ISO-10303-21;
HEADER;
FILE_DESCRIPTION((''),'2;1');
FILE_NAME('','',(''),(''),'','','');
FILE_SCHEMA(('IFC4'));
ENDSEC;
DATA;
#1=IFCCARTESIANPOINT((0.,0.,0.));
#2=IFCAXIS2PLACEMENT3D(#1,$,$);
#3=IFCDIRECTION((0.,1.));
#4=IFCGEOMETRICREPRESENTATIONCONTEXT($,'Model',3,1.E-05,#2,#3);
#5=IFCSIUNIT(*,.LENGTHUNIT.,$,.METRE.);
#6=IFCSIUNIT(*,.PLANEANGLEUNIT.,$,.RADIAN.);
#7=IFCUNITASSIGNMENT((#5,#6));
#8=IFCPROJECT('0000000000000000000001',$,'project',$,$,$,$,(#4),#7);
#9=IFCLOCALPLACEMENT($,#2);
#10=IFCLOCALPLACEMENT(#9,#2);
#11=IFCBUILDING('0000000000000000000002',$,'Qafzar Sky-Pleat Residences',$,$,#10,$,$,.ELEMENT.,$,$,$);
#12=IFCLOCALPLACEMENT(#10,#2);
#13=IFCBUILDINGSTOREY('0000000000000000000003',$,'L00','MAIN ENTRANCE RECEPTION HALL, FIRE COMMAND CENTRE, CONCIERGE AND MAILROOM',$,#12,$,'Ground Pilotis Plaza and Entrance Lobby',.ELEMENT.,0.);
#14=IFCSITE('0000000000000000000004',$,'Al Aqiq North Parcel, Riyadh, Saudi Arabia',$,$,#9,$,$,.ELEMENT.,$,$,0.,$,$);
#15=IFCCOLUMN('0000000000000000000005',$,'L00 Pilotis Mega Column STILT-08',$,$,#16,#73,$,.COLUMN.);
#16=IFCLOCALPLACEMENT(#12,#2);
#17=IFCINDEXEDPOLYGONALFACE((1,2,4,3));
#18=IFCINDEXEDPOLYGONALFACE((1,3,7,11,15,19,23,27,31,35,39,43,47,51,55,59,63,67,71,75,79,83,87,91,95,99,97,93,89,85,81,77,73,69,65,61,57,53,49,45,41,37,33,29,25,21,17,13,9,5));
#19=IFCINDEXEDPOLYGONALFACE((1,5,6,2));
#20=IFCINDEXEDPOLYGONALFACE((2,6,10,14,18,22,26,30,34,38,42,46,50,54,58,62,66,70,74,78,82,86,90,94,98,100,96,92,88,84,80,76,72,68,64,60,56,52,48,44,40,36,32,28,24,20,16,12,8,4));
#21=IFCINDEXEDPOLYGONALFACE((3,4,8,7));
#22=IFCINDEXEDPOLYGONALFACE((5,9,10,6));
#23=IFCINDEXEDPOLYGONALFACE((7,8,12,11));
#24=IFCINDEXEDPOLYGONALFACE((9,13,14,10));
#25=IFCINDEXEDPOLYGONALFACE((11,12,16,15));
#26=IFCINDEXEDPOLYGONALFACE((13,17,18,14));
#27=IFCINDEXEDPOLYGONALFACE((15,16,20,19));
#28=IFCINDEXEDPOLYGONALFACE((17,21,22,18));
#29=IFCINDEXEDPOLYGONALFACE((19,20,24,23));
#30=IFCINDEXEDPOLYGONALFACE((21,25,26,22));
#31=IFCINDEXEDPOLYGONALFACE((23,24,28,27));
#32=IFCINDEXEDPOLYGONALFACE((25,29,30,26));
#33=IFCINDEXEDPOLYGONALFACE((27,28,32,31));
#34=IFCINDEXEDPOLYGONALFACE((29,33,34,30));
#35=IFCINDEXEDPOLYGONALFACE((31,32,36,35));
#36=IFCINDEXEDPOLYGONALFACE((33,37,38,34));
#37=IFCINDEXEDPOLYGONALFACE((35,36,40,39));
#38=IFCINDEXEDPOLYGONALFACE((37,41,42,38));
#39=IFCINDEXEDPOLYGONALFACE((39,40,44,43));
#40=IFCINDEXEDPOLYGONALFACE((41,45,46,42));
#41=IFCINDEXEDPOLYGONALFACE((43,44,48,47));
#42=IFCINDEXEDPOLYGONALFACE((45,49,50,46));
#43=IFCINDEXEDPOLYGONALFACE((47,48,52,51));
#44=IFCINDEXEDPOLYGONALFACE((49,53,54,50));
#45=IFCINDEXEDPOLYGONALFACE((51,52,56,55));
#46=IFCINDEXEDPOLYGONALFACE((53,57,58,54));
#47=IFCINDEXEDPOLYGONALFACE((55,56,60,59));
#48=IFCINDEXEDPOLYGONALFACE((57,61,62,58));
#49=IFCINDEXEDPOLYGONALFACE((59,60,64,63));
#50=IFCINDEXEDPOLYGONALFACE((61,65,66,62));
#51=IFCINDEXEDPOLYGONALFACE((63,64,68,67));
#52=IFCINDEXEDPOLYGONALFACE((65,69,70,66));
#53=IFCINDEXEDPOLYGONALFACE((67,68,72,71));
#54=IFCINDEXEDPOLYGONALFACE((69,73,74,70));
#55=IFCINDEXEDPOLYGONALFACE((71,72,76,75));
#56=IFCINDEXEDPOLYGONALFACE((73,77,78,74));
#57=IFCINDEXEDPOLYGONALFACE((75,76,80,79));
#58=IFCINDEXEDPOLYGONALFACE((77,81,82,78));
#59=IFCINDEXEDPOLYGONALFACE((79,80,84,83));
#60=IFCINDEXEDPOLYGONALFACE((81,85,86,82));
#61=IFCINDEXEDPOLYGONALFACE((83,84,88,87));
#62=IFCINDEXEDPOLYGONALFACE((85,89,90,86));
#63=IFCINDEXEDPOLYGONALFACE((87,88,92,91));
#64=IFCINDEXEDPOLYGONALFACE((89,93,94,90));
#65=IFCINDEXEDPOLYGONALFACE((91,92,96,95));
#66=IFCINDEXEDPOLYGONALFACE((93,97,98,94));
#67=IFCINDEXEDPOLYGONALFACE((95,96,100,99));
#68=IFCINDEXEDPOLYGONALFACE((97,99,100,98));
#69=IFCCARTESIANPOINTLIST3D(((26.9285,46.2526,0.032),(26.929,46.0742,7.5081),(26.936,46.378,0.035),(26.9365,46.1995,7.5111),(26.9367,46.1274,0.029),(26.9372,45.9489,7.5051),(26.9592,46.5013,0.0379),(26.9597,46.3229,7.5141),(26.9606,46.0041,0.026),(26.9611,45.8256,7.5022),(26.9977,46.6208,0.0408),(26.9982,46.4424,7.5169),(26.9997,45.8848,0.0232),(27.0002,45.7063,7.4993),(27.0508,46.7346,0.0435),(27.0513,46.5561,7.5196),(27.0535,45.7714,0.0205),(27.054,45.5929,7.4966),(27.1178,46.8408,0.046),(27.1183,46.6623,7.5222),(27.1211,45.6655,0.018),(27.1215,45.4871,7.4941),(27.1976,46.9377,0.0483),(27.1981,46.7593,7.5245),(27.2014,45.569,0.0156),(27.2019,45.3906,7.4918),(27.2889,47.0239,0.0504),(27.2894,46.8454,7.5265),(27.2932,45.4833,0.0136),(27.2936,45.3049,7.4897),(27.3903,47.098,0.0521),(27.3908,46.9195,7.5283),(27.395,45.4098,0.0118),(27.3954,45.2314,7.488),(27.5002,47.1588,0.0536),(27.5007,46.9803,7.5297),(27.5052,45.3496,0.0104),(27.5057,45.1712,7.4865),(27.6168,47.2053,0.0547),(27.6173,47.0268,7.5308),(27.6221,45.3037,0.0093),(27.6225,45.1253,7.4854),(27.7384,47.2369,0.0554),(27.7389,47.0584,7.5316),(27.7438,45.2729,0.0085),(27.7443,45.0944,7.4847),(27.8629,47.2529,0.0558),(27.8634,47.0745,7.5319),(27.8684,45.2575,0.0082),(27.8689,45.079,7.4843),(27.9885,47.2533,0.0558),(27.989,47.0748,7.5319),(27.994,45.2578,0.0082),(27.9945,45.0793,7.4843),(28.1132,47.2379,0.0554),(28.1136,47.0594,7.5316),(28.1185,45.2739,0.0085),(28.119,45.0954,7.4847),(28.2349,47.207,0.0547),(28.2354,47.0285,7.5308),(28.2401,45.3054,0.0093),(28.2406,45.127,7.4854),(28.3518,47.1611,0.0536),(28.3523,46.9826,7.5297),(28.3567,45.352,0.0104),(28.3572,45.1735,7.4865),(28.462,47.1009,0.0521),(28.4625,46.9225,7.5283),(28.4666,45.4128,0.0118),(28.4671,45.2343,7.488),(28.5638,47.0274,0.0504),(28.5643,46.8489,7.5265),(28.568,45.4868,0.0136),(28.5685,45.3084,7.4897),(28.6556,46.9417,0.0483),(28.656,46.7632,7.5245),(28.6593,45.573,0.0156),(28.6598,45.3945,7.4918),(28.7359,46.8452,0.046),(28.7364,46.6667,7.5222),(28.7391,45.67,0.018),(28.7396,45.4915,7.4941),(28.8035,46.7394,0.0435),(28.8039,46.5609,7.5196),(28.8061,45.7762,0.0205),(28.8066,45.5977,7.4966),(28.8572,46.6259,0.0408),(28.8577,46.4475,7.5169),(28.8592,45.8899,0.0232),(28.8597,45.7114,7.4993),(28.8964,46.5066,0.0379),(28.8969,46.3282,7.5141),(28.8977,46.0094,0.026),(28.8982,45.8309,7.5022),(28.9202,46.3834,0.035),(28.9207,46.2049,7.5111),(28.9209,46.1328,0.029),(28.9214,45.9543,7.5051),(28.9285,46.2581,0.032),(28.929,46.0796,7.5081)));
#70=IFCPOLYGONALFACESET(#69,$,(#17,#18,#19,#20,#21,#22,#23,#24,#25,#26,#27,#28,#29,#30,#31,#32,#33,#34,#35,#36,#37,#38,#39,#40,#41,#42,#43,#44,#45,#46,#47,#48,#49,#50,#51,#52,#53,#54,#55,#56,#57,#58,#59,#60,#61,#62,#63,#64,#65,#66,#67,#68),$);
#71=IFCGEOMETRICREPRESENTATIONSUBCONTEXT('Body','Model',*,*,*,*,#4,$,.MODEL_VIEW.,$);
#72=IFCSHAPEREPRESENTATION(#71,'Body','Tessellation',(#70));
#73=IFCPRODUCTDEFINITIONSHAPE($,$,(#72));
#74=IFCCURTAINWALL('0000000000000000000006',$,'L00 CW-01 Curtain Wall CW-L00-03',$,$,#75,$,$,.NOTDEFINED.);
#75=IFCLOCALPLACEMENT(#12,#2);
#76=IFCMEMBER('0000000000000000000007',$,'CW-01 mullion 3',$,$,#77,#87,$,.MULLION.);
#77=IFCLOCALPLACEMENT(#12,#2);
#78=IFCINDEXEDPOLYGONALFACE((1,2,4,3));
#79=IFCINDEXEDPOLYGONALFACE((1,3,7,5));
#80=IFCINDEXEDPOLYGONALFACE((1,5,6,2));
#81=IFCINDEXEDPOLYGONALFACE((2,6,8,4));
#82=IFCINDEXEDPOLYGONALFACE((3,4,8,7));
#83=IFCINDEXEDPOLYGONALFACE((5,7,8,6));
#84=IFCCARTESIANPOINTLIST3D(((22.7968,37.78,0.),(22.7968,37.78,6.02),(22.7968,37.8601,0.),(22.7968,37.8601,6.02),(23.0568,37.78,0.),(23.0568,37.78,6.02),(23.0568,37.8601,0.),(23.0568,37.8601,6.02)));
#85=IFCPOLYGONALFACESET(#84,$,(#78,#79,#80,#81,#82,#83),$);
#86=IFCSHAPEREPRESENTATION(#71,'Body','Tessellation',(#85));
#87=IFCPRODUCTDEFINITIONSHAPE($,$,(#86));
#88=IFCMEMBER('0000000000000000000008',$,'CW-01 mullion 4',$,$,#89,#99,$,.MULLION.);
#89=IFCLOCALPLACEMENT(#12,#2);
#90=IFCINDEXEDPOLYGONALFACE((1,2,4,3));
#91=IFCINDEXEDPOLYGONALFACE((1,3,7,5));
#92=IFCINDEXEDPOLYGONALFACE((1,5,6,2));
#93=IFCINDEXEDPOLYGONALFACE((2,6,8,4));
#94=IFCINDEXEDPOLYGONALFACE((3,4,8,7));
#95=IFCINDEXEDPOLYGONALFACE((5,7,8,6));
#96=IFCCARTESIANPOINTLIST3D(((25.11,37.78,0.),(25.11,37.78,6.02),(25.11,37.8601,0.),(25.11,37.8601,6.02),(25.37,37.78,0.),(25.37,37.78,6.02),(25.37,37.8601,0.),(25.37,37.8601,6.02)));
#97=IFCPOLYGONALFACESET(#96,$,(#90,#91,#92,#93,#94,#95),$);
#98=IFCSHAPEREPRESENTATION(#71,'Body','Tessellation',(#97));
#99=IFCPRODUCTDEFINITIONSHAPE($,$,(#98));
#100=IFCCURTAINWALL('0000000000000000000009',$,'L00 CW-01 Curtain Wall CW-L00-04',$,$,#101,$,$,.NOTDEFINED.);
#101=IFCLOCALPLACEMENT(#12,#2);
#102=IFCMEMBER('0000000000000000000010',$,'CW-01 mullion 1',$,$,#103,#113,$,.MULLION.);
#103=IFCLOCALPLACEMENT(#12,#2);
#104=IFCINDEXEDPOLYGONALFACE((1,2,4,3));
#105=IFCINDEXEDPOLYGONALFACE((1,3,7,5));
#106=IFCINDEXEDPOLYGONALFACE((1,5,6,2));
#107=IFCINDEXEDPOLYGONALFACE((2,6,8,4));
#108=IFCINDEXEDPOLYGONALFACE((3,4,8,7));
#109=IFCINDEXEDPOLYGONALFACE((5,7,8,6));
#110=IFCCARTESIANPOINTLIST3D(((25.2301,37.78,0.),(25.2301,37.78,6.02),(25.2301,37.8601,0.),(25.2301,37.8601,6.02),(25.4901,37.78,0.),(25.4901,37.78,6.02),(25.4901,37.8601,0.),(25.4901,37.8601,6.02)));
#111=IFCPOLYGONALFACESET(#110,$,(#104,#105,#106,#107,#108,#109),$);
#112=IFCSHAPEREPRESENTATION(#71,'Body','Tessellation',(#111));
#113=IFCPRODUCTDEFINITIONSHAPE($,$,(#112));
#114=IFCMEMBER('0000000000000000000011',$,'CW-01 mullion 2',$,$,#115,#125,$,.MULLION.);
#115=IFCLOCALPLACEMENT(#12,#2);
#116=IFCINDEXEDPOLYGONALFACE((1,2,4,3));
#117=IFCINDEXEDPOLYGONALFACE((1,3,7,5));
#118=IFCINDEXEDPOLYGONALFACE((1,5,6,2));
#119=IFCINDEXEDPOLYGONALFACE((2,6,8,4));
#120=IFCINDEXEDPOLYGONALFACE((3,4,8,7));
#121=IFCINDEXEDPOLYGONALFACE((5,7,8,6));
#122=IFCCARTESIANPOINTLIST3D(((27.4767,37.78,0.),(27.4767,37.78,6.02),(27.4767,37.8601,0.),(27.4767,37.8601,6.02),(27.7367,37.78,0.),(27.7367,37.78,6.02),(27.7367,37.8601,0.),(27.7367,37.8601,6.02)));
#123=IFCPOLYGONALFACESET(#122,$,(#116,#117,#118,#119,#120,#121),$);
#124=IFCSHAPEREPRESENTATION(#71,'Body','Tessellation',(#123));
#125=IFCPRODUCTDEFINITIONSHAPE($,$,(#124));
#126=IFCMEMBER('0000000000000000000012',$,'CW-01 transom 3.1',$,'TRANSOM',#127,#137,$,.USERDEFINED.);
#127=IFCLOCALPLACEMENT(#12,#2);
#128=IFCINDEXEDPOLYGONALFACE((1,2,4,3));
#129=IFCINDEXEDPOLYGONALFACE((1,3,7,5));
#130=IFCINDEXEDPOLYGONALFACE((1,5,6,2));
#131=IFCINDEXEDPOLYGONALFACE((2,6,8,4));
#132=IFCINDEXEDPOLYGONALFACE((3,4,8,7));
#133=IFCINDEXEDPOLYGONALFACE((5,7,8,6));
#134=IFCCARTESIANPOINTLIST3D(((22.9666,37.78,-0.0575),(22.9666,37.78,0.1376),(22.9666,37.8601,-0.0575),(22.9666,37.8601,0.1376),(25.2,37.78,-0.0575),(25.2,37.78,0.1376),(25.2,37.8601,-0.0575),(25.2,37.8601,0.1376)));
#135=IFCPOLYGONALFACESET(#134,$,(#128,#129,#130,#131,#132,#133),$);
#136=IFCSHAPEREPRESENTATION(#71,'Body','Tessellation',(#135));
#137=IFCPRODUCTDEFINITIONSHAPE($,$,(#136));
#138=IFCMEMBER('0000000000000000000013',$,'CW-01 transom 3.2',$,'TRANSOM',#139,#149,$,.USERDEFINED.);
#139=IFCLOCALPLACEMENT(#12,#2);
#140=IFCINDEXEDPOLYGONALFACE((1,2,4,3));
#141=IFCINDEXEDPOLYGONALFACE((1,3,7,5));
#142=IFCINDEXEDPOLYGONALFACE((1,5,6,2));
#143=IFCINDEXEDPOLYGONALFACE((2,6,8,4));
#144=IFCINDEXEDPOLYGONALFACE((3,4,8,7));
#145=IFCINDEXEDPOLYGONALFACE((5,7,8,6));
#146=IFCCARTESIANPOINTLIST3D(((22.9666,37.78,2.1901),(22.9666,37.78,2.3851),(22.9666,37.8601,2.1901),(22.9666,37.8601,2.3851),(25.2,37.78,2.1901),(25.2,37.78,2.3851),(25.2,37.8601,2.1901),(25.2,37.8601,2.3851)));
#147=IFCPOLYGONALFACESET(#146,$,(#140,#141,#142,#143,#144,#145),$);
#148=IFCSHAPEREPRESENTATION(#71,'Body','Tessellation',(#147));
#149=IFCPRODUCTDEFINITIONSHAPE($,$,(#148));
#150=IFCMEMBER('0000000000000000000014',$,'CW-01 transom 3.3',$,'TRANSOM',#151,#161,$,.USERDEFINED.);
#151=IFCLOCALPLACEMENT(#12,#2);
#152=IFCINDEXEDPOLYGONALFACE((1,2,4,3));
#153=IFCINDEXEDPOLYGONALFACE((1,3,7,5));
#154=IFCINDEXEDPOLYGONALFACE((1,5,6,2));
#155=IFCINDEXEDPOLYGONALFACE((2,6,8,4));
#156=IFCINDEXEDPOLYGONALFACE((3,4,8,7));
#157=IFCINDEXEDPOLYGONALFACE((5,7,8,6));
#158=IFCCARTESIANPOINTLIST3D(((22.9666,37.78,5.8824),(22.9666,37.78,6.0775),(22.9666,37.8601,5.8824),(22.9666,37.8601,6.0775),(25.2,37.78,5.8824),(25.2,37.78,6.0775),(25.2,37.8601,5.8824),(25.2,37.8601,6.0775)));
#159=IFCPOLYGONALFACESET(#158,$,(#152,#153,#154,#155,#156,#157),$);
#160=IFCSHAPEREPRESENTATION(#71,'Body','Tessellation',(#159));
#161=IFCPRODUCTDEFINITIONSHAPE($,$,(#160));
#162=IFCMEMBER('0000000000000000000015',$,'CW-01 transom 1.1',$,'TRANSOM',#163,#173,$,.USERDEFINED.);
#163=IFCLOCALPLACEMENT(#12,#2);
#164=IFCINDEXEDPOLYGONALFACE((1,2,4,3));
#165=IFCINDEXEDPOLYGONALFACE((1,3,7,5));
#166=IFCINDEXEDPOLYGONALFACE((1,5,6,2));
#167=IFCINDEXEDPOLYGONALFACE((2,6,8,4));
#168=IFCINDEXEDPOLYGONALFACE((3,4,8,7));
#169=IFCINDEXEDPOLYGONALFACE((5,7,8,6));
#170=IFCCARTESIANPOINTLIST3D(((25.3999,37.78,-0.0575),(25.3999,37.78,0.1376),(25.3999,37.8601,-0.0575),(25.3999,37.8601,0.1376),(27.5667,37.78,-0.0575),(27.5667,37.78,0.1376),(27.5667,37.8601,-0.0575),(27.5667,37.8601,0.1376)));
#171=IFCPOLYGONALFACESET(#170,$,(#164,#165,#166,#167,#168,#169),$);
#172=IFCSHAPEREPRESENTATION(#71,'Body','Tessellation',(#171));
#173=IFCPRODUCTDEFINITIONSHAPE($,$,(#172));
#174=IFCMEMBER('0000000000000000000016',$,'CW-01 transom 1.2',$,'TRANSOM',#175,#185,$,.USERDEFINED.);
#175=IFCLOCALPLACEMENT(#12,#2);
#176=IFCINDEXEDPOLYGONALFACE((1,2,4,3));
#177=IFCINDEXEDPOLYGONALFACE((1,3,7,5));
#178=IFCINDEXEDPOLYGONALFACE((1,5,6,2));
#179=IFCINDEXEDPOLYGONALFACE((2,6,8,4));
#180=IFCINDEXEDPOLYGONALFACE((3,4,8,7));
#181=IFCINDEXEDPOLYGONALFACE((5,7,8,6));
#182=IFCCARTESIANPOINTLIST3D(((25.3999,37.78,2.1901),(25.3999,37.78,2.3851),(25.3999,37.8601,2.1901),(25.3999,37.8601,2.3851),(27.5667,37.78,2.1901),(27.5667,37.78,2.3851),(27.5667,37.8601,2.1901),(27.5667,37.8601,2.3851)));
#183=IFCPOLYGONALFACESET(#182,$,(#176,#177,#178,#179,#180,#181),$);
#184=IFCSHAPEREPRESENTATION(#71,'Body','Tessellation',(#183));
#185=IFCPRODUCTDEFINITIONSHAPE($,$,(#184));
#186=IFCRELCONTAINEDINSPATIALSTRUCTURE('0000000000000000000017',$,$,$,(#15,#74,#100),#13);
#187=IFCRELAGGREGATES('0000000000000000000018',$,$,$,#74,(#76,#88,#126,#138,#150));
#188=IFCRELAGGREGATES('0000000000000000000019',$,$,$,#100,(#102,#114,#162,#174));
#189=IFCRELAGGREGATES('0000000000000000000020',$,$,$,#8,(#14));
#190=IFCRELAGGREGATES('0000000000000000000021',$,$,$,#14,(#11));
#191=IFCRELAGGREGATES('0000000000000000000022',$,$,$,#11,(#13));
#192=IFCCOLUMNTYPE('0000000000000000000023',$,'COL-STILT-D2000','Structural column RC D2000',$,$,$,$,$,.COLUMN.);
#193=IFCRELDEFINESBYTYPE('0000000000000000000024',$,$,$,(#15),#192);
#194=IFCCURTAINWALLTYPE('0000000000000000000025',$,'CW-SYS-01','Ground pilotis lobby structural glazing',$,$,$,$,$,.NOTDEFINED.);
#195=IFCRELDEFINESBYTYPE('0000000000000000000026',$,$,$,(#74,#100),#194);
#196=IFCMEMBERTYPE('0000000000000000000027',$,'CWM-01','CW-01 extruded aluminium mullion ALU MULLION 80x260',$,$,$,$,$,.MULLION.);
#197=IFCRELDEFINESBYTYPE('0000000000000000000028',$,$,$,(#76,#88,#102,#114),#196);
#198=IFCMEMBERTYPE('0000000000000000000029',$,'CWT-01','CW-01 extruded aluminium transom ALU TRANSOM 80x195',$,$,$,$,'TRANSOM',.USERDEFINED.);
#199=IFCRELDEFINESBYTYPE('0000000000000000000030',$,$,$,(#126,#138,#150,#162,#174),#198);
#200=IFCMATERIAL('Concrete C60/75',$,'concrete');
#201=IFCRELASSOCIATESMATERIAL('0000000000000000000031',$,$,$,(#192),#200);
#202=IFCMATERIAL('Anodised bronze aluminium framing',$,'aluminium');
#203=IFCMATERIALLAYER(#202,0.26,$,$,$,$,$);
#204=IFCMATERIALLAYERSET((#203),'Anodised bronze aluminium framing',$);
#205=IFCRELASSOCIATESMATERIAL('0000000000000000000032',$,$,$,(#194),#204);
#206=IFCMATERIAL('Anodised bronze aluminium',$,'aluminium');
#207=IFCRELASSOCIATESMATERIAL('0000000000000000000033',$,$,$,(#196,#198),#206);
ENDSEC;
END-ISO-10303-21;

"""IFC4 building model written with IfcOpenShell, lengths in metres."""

from ifc_helpers import new_model, si_unit, direction, frame, origin, origin_2d, place, context, subcontext, project, spatial, rectangle, circle, extrude, source, transform, mapped, material, layer, layer_set, material_profile, profile_set, type_object, element, aggregate, save


model = new_model("IFC4")

# Units and contexts
model_context = context("Model", 3, precision=1e-05, world=origin(), true_north=direction((0.0, 1.0)))
body_context = subcontext(model_context, "Body", "Model", "MODEL_VIEW")
ifc_project = project(units=[si_unit("LENGTHUNIT", "METRE"), si_unit("PLANEANGLEUNIT", "RADIAN")], contexts=[model_context])

# Site, building, storey
site_placement = place(None, origin())
site = spatial("IfcSite", under=ifc_project, at=site_placement, Name="Al Aqiq North Parcel, Riyadh, Saudi Arabia", CompositionType="ELEMENT", RefElevation=0.0)
building_placement = place(site_placement, origin())
building = spatial("IfcBuilding", under=site, at=building_placement, Name="Qafzar Sky-Pleat Residences", CompositionType="ELEMENT")
storey_placement = place(building_placement, origin())
storey = spatial("IfcBuildingStorey", under=building, at=storey_placement, Name="L00", Description="MAIN ENTRANCE RECEPTION HALL, FIRE COMMAND CENTRE, CONCIERGE AND MAILROOM", LongName="Ground Pilotis Plaza and Entrance Lobby", CompositionType="ELEMENT", Elevation=0.0)

# Column
ifc_material_1 = material(Name="Concrete C60/75", Category="concrete")
ifc_material_profile_1 = material_profile(ifc_material_1, circle(Radius=1.0, at=origin_2d()), Name="RC D2000")
ifc_profile_set_1 = profile_set([ifc_material_profile_1], Name="Concrete C60/75")
column_type = type_object("IfcColumnType", Name="COL-STILT-D2000", Description="Structural column RC D2000", PredefinedType="COLUMN", material=ifc_profile_set_1)
shared_shape_1 = source(origin(), body_context, "Body", "SweptSolid", [
    extrude(circle(Radius=1.0, at=origin_2d()), origin(), (0.0, 0.0, 1.0), 7.4783),
])
column_placement = place(storey_placement, frame((27.9285, 46.2554, 0.032), z_axis=(0.000065, -0.023865, 0.999715), x_axis=(0.999996, 0.002736, 0.0)))
element("IfcColumn", 1, at=column_placement, inside=storey, type_object=column_type, Name="L00 Pilotis Mega Column STILT-08", PredefinedType="COLUMN", context=body_context, shape_type="MappedRepresentation", body=[
    mapped(shared_shape_1, transform((0.0, 0.0, 0.0), x_axis=(1.0, 0.0, 0.0), y_axis=(0.0, 1.0, 0.0), z_axis=(0.0, 0.0, 1.0), scale=1.0)),
])

# Curtain walls, members
ifc_material_2 = material(Name="Anodised bronze aluminium framing", Category="aluminium")
ifc_layer_1 = layer(ifc_material_2, 0.26)
ifc_layer_set_1 = layer_set([ifc_layer_1], Name="Anodised bronze aluminium framing")
curtain_wall_type = type_object("IfcCurtainWallType", Name="CW-SYS-01", Description="Ground pilotis lobby structural glazing", PredefinedType="NOTDEFINED", material=ifc_layer_set_1)
curtain_wall_1_placement = place(storey_placement, origin())
curtain_wall_1 = element("IfcCurtainWall", 2, at=curtain_wall_1_placement, inside=storey, type_object=curtain_wall_type, Name="L00 CW-01 Curtain Wall CW-L00-03", PredefinedType="NOTDEFINED")
ifc_material_3 = material(Name="Anodised bronze aluminium", Category="aluminium")
ifc_material_profile_2 = material_profile(ifc_material_3, rectangle(XDim=0.0801, YDim=0.26, at=origin_2d()), Name="ALU MULLION 80x260")
ifc_profile_set_2 = profile_set([ifc_material_profile_2], Name="Anodised bronze aluminium")
member_type_1 = type_object("IfcMemberType", Name="CWM-01", Description="CW-01 extruded aluminium mullion ALU MULLION 80x260", PredefinedType="MULLION", material=ifc_profile_set_2)
shared_shape_2 = source(origin(), body_context, "Body", "SweptSolid", [
    extrude(rectangle(XDim=0.0801, YDim=0.26, at=origin_2d()), origin(), (0.0, 0.0, 1.0), 6.02),
])
member_1_placement = place(storey_placement, frame((22.9268, 37.8201, 0.0), z_axis=(0.0, 0.0, 1.0), x_axis=(0.0, 1.0, 0.0)))
member_1 = element("IfcMember", 3, at=member_1_placement, type_object=member_type_1, Name="CW-01 mullion 3", PredefinedType="MULLION", context=body_context, shape_type="MappedRepresentation", body=[
    mapped(shared_shape_2, transform((0.0, 0.0, 0.0), x_axis=(1.0, 0.0, 0.0), y_axis=(0.0, 1.0, 0.0), z_axis=(0.0, 0.0, 1.0), scale=1.0)),
])
member_2_placement = place(storey_placement, frame((25.24, 37.8201, 0.0), z_axis=(0.0, 0.0, 1.0), x_axis=(0.0, 1.0, 0.0)))
member_2 = element("IfcMember", 4, at=member_2_placement, type_object=member_type_1, Name="CW-01 mullion 4", PredefinedType="MULLION", context=body_context, shape_type="MappedRepresentation", body=[
    mapped(shared_shape_2, transform((0.0, 0.0, 0.0), x_axis=(1.0, 0.0, 0.0), y_axis=(0.0, 1.0, 0.0), z_axis=(0.0, 0.0, 1.0), scale=1.0)),
])
curtain_wall_2_placement = place(storey_placement, origin())
curtain_wall_2 = element("IfcCurtainWall", 5, at=curtain_wall_2_placement, inside=storey, type_object=curtain_wall_type, Name="L00 CW-01 Curtain Wall CW-L00-04", PredefinedType="NOTDEFINED")
member_3_placement = place(storey_placement, frame((25.3601, 37.8201, 0.0), z_axis=(0.0, 0.0, 1.0), x_axis=(0.0, 1.0, 0.0)))
member_3 = element("IfcMember", 6, at=member_3_placement, type_object=member_type_1, Name="CW-01 mullion 1", PredefinedType="MULLION", context=body_context, shape_type="MappedRepresentation", body=[
    mapped(shared_shape_2, transform((0.0, 0.0, 0.0), x_axis=(1.0, 0.0, 0.0), y_axis=(0.0, 1.0, 0.0), z_axis=(0.0, 0.0, 1.0), scale=1.0)),
])
member_4_placement = place(storey_placement, frame((27.6067, 37.8201, 0.0), z_axis=(0.0, 0.0, 1.0), x_axis=(0.0, 1.0, 0.0)))
member_4 = element("IfcMember", 7, at=member_4_placement, type_object=member_type_1, Name="CW-01 mullion 2", PredefinedType="MULLION", context=body_context, shape_type="MappedRepresentation", body=[
    mapped(shared_shape_2, transform((0.0, 0.0, 0.0), x_axis=(1.0, 0.0, 0.0), y_axis=(0.0, 1.0, 0.0), z_axis=(0.0, 0.0, 1.0), scale=1.0)),
])

# Members
ifc_material_profile_3 = material_profile(ifc_material_3, rectangle(XDim=0.0801, YDim=0.1951, at=origin_2d()), Name="ALU TRANSOM 80x195")
ifc_profile_set_3 = profile_set([ifc_material_profile_3], Name="Anodised bronze aluminium")
member_type_2 = type_object("IfcMemberType", Name="CWT-01", Description="CW-01 extruded aluminium transom ALU TRANSOM 80x195", ElementType="TRANSOM", PredefinedType="USERDEFINED", material=ifc_profile_set_3)
shared_shape_3 = source(origin(), body_context, "Body", "SweptSolid", [
    extrude(rectangle(XDim=0.0801, YDim=0.1951, at=origin_2d()), origin(), (0.0, 0.0, 1.0), 2.2334),
])
member_5_placement = place(storey_placement, frame((22.9666, 37.8201, 0.04), z_axis=(1.0, 0.0, 0.0), x_axis=(0.0, 1.0, 0.0)))
member_5 = element("IfcMember", 8, at=member_5_placement, type_object=member_type_2, Name="CW-01 transom 3.1", ObjectType="TRANSOM", PredefinedType="USERDEFINED", context=body_context, shape_type="MappedRepresentation", body=[
    mapped(shared_shape_3, transform((0.0, 0.0, 0.0), x_axis=(1.0, 0.0, 0.0), y_axis=(0.0, 1.0, 0.0), z_axis=(0.0, 0.0, 1.0), scale=1.0)),
])
member_6_placement = place(storey_placement, frame((22.9666, 37.8201, 2.2876), z_axis=(1.0, 0.0, 0.0), x_axis=(0.0, 1.0, 0.0)))
member_6 = element("IfcMember", 9, at=member_6_placement, type_object=member_type_2, Name="CW-01 transom 3.2", ObjectType="TRANSOM", PredefinedType="USERDEFINED", context=body_context, shape_type="MappedRepresentation", body=[
    mapped(shared_shape_3, transform((0.0, 0.0, 0.0), x_axis=(1.0, 0.0, 0.0), y_axis=(0.0, 1.0, 0.0), z_axis=(0.0, 0.0, 1.0), scale=1.0)),
])
member_7_placement = place(storey_placement, frame((22.9666, 37.8201, 5.98), z_axis=(1.0, 0.0, 0.0), x_axis=(0.0, 1.0, 0.0)))
member_7 = element("IfcMember", 10, at=member_7_placement, type_object=member_type_2, Name="CW-01 transom 3.3", ObjectType="TRANSOM", PredefinedType="USERDEFINED", context=body_context, shape_type="MappedRepresentation", body=[
    mapped(shared_shape_3, transform((0.0, 0.0, 0.0), x_axis=(1.0, 0.0, 0.0), y_axis=(0.0, 1.0, 0.0), z_axis=(0.0, 0.0, 1.0), scale=1.0)),
])
shared_shape_4 = source(origin(), body_context, "Body", "SweptSolid", [
    extrude(rectangle(XDim=0.0801, YDim=0.1951, at=origin_2d()), origin(), (0.0, 0.0, 1.0), 2.1667),
])
member_8_placement = place(storey_placement, frame((25.3999, 37.8201, 0.04), z_axis=(1.0, 0.0, 0.0), x_axis=(0.0, 1.0, 0.0)))
member_8 = element("IfcMember", 11, at=member_8_placement, type_object=member_type_2, Name="CW-01 transom 1.1", ObjectType="TRANSOM", PredefinedType="USERDEFINED", context=body_context, shape_type="MappedRepresentation", body=[
    mapped(shared_shape_4, transform((0.0, 0.0, 0.0), x_axis=(1.0, 0.0, 0.0), y_axis=(0.0, 1.0, 0.0), z_axis=(0.0, 0.0, 1.0), scale=1.0)),
])
member_9_placement = place(storey_placement, frame((25.3999, 37.8201, 2.2876), z_axis=(1.0, 0.0, 0.0), x_axis=(0.0, 1.0, 0.0)))
member_9 = element("IfcMember", 12, at=member_9_placement, type_object=member_type_2, Name="CW-01 transom 1.2", ObjectType="TRANSOM", PredefinedType="USERDEFINED", context=body_context, shape_type="MappedRepresentation", body=[
    mapped(shared_shape_4, transform((0.0, 0.0, 0.0), x_axis=(1.0, 0.0, 0.0), y_axis=(0.0, 1.0, 0.0), z_axis=(0.0, 0.0, 1.0), scale=1.0)),
])

aggregate(curtain_wall_1, [member_1, member_2, member_5, member_6, member_7])
aggregate(curtain_wall_2, [member_3, member_4, member_8, member_9])

save(model, "model.ifc")
